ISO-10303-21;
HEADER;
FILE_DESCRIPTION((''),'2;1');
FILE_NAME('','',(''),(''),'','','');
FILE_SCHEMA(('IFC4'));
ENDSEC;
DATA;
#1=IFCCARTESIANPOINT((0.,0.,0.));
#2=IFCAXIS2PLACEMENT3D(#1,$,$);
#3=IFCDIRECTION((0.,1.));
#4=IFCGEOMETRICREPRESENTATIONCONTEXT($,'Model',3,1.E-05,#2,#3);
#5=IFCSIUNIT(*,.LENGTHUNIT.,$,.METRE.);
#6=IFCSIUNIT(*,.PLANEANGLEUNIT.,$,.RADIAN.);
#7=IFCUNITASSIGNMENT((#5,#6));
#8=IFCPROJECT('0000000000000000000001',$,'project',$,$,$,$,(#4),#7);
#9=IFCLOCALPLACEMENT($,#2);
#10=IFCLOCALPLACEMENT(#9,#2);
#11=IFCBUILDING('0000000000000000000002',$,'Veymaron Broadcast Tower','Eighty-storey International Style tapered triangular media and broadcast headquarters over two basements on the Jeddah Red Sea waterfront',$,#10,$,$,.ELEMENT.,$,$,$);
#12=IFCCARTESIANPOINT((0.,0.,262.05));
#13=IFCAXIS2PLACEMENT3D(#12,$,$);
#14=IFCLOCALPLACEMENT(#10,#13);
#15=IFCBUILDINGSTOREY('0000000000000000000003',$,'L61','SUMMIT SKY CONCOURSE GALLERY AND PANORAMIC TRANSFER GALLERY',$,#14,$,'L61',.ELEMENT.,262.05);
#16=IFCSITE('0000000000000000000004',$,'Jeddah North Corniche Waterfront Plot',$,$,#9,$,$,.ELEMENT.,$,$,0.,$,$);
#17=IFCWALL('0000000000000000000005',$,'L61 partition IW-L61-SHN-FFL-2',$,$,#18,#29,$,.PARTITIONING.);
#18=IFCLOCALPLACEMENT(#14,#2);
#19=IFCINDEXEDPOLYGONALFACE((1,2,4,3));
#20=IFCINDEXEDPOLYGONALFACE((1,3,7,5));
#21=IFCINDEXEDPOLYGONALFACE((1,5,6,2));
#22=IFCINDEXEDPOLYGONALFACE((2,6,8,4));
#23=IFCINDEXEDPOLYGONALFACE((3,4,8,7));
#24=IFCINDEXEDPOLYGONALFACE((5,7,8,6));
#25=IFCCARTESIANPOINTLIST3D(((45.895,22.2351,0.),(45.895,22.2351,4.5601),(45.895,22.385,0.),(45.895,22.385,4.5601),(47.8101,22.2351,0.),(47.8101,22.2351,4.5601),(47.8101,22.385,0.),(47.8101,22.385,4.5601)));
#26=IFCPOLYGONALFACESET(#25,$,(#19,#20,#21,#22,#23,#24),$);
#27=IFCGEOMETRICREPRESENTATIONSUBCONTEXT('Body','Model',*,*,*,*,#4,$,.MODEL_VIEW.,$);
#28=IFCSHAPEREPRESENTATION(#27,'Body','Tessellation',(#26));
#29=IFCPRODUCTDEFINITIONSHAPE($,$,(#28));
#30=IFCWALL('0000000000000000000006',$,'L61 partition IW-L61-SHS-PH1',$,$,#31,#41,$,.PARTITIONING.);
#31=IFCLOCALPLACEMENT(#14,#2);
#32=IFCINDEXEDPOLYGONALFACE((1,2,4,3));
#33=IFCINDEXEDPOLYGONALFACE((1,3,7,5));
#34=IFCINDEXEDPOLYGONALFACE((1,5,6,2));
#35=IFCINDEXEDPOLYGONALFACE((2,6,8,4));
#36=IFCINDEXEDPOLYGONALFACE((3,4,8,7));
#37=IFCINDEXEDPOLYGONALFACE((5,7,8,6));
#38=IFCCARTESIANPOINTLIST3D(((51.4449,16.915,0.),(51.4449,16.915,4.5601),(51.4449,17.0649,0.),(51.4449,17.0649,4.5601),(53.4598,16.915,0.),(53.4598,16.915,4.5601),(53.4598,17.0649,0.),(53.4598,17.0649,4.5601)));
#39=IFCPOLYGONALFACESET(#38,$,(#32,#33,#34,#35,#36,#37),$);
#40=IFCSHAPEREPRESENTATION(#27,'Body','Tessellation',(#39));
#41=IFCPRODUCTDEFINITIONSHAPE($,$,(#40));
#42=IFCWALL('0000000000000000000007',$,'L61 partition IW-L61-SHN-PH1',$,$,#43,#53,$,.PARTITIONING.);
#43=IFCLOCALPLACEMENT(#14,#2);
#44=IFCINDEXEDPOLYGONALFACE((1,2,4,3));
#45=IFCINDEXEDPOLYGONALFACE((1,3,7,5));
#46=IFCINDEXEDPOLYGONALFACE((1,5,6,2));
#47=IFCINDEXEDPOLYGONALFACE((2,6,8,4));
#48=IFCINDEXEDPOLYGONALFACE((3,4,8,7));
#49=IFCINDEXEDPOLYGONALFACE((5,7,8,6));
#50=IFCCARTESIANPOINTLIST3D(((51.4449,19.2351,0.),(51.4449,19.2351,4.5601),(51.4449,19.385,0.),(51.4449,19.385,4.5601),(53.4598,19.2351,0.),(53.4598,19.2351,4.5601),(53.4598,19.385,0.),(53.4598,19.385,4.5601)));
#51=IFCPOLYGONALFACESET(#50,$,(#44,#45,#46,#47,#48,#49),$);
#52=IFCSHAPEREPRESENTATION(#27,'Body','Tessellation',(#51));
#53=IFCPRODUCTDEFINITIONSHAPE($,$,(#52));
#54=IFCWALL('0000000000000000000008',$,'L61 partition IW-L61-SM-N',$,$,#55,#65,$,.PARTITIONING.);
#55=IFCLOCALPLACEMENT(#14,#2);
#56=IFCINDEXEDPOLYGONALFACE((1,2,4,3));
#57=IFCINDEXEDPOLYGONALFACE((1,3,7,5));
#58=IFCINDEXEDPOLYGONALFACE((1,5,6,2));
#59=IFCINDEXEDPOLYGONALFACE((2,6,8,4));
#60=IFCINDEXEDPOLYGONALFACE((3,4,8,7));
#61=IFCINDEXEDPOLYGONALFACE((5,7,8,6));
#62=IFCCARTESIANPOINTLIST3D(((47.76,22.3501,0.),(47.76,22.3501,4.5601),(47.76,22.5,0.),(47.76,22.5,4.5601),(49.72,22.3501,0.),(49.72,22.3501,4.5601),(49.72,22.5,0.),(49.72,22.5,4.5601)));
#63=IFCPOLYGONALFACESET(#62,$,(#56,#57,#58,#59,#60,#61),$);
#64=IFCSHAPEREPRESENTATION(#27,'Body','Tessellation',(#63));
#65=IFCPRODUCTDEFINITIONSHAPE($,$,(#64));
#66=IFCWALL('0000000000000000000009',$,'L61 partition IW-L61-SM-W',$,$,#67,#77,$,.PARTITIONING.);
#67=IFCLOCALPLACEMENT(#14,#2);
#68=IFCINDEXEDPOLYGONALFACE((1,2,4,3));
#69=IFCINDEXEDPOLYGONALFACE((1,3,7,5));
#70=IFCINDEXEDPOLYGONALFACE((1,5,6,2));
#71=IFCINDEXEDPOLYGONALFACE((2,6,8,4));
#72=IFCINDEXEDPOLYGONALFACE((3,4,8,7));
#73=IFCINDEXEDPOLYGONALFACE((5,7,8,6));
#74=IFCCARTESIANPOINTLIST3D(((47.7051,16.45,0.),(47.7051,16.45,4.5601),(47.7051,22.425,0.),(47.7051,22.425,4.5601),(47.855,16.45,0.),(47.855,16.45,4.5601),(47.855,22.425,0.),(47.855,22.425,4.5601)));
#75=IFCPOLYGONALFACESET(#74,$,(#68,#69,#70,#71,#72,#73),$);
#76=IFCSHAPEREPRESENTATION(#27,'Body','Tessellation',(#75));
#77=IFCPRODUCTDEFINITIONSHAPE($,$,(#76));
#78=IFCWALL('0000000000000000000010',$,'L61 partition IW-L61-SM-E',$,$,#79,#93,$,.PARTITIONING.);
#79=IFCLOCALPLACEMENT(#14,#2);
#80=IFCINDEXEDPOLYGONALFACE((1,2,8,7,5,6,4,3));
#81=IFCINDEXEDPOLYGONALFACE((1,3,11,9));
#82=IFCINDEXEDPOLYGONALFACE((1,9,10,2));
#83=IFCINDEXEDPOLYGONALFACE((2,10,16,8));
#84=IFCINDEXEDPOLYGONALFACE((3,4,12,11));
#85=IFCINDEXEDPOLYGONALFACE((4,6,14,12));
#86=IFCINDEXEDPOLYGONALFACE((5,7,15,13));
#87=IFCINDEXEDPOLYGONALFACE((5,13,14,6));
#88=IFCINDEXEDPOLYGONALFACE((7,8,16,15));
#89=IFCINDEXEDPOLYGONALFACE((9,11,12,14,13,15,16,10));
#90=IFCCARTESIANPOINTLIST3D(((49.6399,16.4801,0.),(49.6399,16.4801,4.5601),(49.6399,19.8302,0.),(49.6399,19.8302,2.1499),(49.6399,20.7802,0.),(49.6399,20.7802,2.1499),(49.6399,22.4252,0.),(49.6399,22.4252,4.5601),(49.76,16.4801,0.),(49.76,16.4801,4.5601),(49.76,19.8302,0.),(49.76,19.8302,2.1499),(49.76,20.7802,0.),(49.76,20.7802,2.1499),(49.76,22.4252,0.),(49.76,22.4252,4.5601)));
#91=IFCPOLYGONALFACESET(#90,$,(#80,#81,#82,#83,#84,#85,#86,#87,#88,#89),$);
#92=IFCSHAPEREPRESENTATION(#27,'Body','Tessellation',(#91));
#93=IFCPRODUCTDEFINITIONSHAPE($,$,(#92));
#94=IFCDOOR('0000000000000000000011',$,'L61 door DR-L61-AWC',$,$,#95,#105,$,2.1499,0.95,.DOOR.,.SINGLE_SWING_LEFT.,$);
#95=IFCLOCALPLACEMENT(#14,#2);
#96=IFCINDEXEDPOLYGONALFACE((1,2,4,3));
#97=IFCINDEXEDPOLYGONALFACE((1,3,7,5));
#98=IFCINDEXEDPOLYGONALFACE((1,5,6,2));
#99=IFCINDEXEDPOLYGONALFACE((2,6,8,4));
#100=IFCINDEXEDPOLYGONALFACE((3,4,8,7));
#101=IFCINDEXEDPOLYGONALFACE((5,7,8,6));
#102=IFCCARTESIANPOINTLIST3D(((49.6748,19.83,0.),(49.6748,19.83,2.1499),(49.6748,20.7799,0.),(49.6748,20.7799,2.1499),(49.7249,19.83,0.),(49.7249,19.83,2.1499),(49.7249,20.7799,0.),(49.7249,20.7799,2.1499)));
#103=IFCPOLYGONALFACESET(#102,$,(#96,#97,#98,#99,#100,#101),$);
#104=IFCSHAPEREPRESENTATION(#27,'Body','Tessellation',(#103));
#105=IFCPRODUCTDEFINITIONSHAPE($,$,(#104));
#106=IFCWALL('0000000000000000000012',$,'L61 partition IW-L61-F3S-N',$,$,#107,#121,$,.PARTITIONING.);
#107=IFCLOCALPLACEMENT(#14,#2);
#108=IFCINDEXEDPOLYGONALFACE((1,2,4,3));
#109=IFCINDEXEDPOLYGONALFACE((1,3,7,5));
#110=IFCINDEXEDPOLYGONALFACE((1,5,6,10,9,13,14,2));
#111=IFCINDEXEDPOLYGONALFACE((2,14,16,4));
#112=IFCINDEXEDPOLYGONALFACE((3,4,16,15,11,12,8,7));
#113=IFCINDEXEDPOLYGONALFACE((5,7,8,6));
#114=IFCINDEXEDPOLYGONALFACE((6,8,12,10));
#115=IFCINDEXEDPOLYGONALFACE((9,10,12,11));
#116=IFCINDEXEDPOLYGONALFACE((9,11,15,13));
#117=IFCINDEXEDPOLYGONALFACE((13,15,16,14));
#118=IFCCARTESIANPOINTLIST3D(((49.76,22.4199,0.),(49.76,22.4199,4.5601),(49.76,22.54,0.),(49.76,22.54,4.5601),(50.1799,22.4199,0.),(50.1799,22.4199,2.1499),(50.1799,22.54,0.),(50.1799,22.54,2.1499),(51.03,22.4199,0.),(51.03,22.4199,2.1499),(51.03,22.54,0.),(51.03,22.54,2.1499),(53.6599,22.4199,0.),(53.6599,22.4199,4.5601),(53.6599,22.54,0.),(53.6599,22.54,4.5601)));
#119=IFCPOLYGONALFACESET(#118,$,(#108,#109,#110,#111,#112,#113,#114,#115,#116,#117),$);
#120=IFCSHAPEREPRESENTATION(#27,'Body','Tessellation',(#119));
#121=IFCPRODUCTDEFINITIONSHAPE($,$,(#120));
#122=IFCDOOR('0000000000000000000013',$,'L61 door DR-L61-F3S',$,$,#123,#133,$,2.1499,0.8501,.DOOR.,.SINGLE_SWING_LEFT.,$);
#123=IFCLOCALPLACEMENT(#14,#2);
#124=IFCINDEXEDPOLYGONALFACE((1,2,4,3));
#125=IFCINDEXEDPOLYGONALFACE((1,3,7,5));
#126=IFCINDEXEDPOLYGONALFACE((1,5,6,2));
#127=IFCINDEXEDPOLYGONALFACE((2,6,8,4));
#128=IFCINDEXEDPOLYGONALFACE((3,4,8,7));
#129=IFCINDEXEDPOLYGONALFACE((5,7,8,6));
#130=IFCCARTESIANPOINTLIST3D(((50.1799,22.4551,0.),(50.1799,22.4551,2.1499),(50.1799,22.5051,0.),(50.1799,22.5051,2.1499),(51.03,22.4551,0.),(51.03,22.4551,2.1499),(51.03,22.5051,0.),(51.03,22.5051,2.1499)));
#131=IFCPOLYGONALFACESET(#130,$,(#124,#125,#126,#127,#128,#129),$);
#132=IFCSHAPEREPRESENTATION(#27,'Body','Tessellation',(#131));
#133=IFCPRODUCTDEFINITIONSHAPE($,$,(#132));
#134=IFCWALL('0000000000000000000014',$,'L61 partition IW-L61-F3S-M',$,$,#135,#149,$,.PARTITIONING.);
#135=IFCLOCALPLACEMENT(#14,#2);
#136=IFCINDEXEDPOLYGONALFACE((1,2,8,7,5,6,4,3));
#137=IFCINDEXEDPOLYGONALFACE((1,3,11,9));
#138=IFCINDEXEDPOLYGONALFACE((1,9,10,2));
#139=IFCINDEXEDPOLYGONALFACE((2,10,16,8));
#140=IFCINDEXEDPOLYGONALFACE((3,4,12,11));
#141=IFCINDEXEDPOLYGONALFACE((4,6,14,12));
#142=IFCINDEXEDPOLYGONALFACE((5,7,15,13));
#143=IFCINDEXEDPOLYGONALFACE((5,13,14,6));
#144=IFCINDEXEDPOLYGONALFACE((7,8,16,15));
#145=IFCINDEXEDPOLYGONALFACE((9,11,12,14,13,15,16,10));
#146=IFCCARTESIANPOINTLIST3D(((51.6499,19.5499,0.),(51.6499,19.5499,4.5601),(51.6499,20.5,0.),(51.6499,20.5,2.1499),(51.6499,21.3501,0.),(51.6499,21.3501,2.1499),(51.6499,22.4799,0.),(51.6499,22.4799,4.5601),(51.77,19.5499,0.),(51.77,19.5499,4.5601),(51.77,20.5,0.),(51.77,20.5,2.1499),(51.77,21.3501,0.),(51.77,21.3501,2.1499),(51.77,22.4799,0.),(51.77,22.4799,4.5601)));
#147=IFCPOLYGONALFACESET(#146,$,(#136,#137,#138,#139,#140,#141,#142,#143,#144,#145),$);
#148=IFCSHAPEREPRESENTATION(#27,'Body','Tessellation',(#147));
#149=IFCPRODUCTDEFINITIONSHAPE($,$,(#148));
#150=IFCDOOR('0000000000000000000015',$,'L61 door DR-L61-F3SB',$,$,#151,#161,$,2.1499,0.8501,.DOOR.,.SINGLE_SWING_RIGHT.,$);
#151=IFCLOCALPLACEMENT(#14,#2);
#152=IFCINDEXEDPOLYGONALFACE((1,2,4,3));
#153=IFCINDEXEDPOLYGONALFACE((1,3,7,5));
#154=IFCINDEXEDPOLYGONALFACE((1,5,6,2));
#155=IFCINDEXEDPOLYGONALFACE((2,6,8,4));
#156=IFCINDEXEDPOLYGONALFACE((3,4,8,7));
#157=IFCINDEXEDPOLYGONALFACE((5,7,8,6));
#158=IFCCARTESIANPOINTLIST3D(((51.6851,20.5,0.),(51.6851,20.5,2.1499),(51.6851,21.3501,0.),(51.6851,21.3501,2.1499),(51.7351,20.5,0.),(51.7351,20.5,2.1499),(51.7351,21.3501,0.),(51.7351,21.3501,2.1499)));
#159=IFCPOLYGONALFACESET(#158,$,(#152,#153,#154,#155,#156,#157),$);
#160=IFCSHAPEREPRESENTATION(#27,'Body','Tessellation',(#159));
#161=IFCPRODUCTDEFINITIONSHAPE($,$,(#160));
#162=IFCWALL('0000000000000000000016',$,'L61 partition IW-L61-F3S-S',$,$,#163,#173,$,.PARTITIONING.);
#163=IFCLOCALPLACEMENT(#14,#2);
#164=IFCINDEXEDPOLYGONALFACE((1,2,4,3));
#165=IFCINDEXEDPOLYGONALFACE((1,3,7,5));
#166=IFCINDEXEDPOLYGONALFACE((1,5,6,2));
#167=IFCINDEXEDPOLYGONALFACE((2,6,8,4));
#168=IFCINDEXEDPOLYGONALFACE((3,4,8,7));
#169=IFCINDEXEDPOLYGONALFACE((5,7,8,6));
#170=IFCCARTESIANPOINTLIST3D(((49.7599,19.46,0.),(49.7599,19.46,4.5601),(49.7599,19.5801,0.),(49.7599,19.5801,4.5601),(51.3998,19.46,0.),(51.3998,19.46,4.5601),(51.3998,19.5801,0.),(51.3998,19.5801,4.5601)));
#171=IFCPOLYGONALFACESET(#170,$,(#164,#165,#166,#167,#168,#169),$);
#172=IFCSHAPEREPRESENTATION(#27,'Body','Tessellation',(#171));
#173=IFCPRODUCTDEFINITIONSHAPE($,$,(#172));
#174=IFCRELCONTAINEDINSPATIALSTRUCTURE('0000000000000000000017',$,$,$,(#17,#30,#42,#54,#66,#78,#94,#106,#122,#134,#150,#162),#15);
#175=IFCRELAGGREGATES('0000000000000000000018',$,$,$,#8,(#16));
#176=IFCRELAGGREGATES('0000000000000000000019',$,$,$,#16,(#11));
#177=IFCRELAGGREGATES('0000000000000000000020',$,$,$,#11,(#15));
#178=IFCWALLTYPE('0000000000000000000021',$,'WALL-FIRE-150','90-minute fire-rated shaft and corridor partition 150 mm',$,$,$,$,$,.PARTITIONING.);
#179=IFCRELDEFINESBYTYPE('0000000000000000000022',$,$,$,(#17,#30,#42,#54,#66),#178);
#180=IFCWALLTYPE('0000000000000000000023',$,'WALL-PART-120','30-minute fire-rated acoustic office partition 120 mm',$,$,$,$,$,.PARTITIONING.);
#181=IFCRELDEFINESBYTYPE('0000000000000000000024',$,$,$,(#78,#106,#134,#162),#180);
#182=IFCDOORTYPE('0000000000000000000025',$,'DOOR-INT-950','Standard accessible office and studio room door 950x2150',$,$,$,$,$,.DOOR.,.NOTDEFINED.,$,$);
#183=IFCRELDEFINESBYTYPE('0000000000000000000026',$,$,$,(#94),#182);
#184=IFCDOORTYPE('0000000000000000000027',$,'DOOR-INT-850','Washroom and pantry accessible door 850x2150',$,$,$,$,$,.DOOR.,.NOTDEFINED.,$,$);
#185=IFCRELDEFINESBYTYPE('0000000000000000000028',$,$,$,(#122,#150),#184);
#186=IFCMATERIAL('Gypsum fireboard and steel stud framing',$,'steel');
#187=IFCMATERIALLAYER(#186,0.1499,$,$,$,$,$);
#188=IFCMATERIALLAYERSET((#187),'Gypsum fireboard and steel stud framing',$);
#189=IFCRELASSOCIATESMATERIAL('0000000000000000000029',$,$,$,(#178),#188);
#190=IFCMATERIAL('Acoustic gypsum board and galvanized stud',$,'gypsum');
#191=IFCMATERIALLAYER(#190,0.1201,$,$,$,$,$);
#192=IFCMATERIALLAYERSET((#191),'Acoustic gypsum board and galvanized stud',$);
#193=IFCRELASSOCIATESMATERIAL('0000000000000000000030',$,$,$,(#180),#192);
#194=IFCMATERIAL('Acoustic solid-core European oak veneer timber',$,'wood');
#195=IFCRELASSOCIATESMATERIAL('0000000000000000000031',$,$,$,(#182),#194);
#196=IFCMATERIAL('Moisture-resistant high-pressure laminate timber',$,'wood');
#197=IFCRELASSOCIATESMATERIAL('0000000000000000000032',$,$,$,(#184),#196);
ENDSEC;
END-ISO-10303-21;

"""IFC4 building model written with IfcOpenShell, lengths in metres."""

from ifc_helpers import new_model, si_unit, direction, frame, frame_2d, origin, place, context, subcontext, project, spatial, rectangle, extrude, material, layer, layer_set, type_object, element, fill, save


model = new_model("IFC4")

# Units and contexts
model_context = context("Model", 3, precision=1e-05, world=origin(), true_north=direction((0.0, 1.0)))
body_context = subcontext(model_context, "Body", "Model", "MODEL_VIEW")
ifc_project = project(units=[si_unit("LENGTHUNIT", "METRE"), si_unit("PLANEANGLEUNIT", "RADIAN")], contexts=[model_context])

# Site, building, storey
site_placement = place(None, origin())
site = spatial("IfcSite", under=ifc_project, at=site_placement, Name="Jeddah North Corniche Waterfront Plot", CompositionType="ELEMENT", RefElevation=0.0)
building_placement = place(site_placement, origin())
building = spatial("IfcBuilding", under=site, at=building_placement, Name="Veymaron Broadcast Tower", Description="Eighty-storey International Style tapered triangular media and broadcast headquarters over two basements on the Jeddah Red Sea waterfront", CompositionType="ELEMENT")
storey_placement = place(building_placement, frame((0.0, 0.0, 262.05)))
storey = spatial("IfcBuildingStorey", under=building, at=storey_placement, Name="L61", Description="SUMMIT SKY CONCOURSE GALLERY AND PANORAMIC TRANSFER GALLERY", LongName="L61", CompositionType="ELEMENT", Elevation=262.05)

# Shared definitions
ifc_material_1 = material(Name="Gypsum fireboard and steel stud framing", Category="steel")
ifc_layer_1 = layer(ifc_material_1, 0.1499)
ifc_layer_set_1 = layer_set([ifc_layer_1], Name="Gypsum fireboard and steel stud framing")
wall_type_1 = type_object("IfcWallType", Name="WALL-FIRE-150", Description="90-minute fire-rated shaft and corridor partition 150 mm", PredefinedType="PARTITIONING", material=ifc_layer_set_1)

# Wall
wall_1_placement = place(storey_placement, frame((45.895, 22.3101, 0.0), z_axis=(0.0, 0.0, 1.0), x_axis=(1.0, 0.0, 0.0)))
element("IfcWall", 1, at=wall_1_placement, inside=storey, type_object=wall_type_1, Name="L61 partition IW-L61-SHN-FFL-2", PredefinedType="PARTITIONING", context=body_context, shape_type="SweptSolid", body=[
    extrude(rectangle(XDim=1.915, YDim=0.1499, at=frame_2d((0.9575, 0.0))), origin(), (0.0, 0.0, 1.0), 4.5601),
])

# Walls
for number, where, z_axis, x_axis, name in (
    (2, (51.4451, 16.99, 0.0), (0.0, 0.0, 1.0), (1.0, 0.0, 0.0), "L61 partition IW-L61-SHS-PH1"),
    (3, (51.4451, 19.3101, 0.0), (0.0, 0.0, 1.0), (1.0, 0.0, 0.0), "L61 partition IW-L61-SHN-PH1"),
):
    element("IfcWall", number, at=place(storey_placement, frame(where, z_axis=z_axis, x_axis=x_axis)), inside=storey, type_object=wall_type_1, Name=name, PredefinedType="PARTITIONING", context=body_context, shape_type="SweptSolid", body=[
        extrude(rectangle(XDim=2.0149, YDim=0.1499, at=frame_2d((1.0073, 0.0))), origin(), (0.0, 0.0, 1.0), 4.5601),
    ])

# Walls
wall_2_placement = place(storey_placement, frame((47.76, 22.425, 0.0), z_axis=(0.0, 0.0, 1.0), x_axis=(1.0, 0.0, 0.0)))
element("IfcWall", 4, at=wall_2_placement, inside=storey, type_object=wall_type_1, Name="L61 partition IW-L61-SM-N", PredefinedType="PARTITIONING", context=body_context, shape_type="SweptSolid", body=[
    extrude(rectangle(XDim=1.96, YDim=0.1499, at=frame_2d((0.98, 0.0))), origin(), (0.0, 0.0, 1.0), 4.5601),
])
wall_3_placement = place(storey_placement, frame((47.78, 16.45, 0.0), z_axis=(0.0, 0.0, 1.0), x_axis=(0.0, 1.0, 0.0)))
element("IfcWall", 5, at=wall_3_placement, inside=storey, type_object=wall_type_1, Name="L61 partition IW-L61-SM-W", PredefinedType="PARTITIONING", context=body_context, shape_type="SweptSolid", body=[
    extrude(rectangle(XDim=5.9751, YDim=0.1499, at=frame_2d((2.9875, 0.0))), origin(), (0.0, 0.0, 1.0), 4.5601),
])

# Walls, openings, doors
ifc_material_2 = material(Name="Acoustic gypsum board and galvanized stud", Category="gypsum")
ifc_layer_2 = layer(ifc_material_2, 0.1201)
ifc_layer_set_2 = layer_set([ifc_layer_2], Name="Acoustic gypsum board and galvanized stud")
wall_type_2 = type_object("IfcWallType", Name="WALL-PART-120", Description="30-minute fire-rated acoustic office partition 120 mm", PredefinedType="PARTITIONING", material=ifc_layer_set_2)
wall_4_placement = place(storey_placement, frame((49.7, 16.48, 0.0), z_axis=(0.0, 0.0, 1.0), x_axis=(0.0, 1.0, 0.0)))
wall_4 = element("IfcWall", 6, at=wall_4_placement, inside=storey, type_object=wall_type_2, Name="L61 partition IW-L61-SM-E", PredefinedType="PARTITIONING", context=body_context, shape_type="SweptSolid", body=[
    extrude(rectangle(XDim=5.9451, YDim=0.1201, at=frame_2d((2.9727, 0.0))), origin(), (0.0, 0.0, 1.0), 4.5601),
])
opening_1_placement = place(wall_4_placement, frame((3.3501, 0.0, 0.0)))
opening_1 = element("IfcOpeningElement", 7, at=opening_1_placement, cuts=wall_4, PredefinedType="OPENING", context=body_context, shape_type="SweptSolid", body=[
    extrude(rectangle(XDim=0.95, YDim=2.1499, at=frame_2d((0.4751, 1.075))), frame((0.0, 0.0701, 0.0), z_axis=(0.0, -1.0, 0.0), x_axis=(1.0, 0.0, 0.0)), (0.0, 0.0, 1.0), 0.1401),
])
ifc_material_3 = material(Name="Acoustic solid-core European oak veneer timber", Category="wood")
door_type_1 = type_object("IfcDoorType", Name="DOOR-INT-950", Description="Standard accessible office and studio room door 950x2150", OperationType="NOTDEFINED", PredefinedType="DOOR", material=ifc_material_3)
door_1_placement = place(opening_1_placement, frame((0.95, 0.0, 0.0), z_axis=(0.0, 0.0, 1.0), x_axis=(-1.0, 0.0, 0.0)))
door_1 = element("IfcDoor", 8, at=door_1_placement, inside=storey, type_object=door_type_1, Name="L61 door DR-L61-AWC", OperationType="SINGLE_SWING_LEFT", OverallHeight=2.1499, OverallWidth=0.95, PredefinedType="DOOR", context=body_context, shape_type="SweptSolid", body=[
    extrude(rectangle(XDim=0.95, YDim=2.1499, at=frame_2d((0.4751, 1.075))), frame((0.0, 0.0249, 0.0), z_axis=(0.0, -1.0, 0.0), x_axis=(1.0, 0.0, 0.0)), (0.0, 0.0, 1.0), 0.05),
])
fill(opening_1, door_1)
wall_5_placement = place(storey_placement, frame((49.76, 22.48, 0.0), z_axis=(0.0, 0.0, 1.0), x_axis=(1.0, 0.0, 0.0)))
wall_5 = element("IfcWall", 9, at=wall_5_placement, inside=storey, type_object=wall_type_2, Name="L61 partition IW-L61-F3S-N", PredefinedType="PARTITIONING", context=body_context, shape_type="SweptSolid", body=[
    extrude(rectangle(XDim=3.8999, YDim=0.1201, at=frame_2d((1.95, 0.0))), origin(), (0.0, 0.0, 1.0), 4.5601),
])
opening_2_placement = place(wall_5_placement, frame((0.4199, 0.0, 0.0)))
opening_2 = element("IfcOpeningElement", 10, at=opening_2_placement, cuts=wall_5, PredefinedType="OPENING", context=body_context, shape_type="SweptSolid", body=[
    extrude(rectangle(XDim=0.8501, YDim=2.1499, at=frame_2d((0.425, 1.075))), frame((0.0, 0.0701, 0.0), z_axis=(0.0, -1.0, 0.0), x_axis=(1.0, 0.0, 0.0)), (0.0, 0.0, 1.0), 0.1401),
])
ifc_material_4 = material(Name="Moisture-resistant high-pressure laminate timber", Category="wood")
door_type_2 = type_object("IfcDoorType", Name="DOOR-INT-850", Description="Washroom and pantry accessible door 850x2150", OperationType="NOTDEFINED", PredefinedType="DOOR", material=ifc_material_4)
door_2_placement = place(opening_2_placement, frame((0.8501, 0.0, 0.0), z_axis=(0.0, 0.0, 1.0), x_axis=(-1.0, 0.0, 0.0)))
door_2 = element("IfcDoor", 11, at=door_2_placement, inside=storey, type_object=door_type_2, Name="L61 door DR-L61-F3S", OperationType="SINGLE_SWING_LEFT", OverallHeight=2.1499, OverallWidth=0.8501, PredefinedType="DOOR", context=body_context, shape_type="SweptSolid", body=[
    extrude(rectangle(XDim=0.8501, YDim=2.1499, at=frame_2d((0.425, 1.075))), frame((0.0, 0.0249, 0.0), z_axis=(0.0, -1.0, 0.0), x_axis=(1.0, 0.0, 0.0)), (0.0, 0.0, 1.0), 0.05),
])
fill(opening_2, door_2)
wall_6_placement = place(storey_placement, frame((51.71, 19.55, 0.0), z_axis=(0.0, 0.0, 1.0), x_axis=(0.0, 1.0, 0.0)))
wall_6 = element("IfcWall", 12, at=wall_6_placement, inside=storey, type_object=wall_type_2, Name="L61 partition IW-L61-F3S-M", PredefinedType="PARTITIONING", context=body_context, shape_type="SweptSolid", body=[
    extrude(rectangle(XDim=2.9299, YDim=0.1201, at=frame_2d((1.4648, 0.0))), origin(), (0.0, 0.0, 1.0), 4.5601),
])
opening_3_placement = place(wall_6_placement, frame((0.95, 0.0, 0.0)))
opening_3 = element("IfcOpeningElement", 13, at=opening_3_placement, cuts=wall_6, PredefinedType="OPENING", context=body_context, shape_type="SweptSolid", body=[
    extrude(rectangle(XDim=0.8501, YDim=2.1499, at=frame_2d((0.425, 1.075))), frame((0.0, 0.0701, 0.0), z_axis=(0.0, -1.0, 0.0), x_axis=(1.0, 0.0, 0.0)), (0.0, 0.0, 1.0), 0.1401),
])
door_3_placement = place(opening_3_placement, origin())
door_3 = element("IfcDoor", 14, at=door_3_placement, inside=storey, type_object=door_type_2, Name="L61 door DR-L61-F3SB", OperationType="SINGLE_SWING_RIGHT", OverallHeight=2.1499, OverallWidth=0.8501, PredefinedType="DOOR", context=body_context, shape_type="SweptSolid", body=[
    extrude(rectangle(XDim=0.8501, YDim=2.1499, at=frame_2d((0.425, 1.075))), frame((0.0, 0.0249, 0.0), z_axis=(0.0, -1.0, 0.0), x_axis=(1.0, 0.0, 0.0)), (0.0, 0.0, 1.0), 0.05),
])
fill(opening_3, door_3)

# Wall
wall_7_placement = place(storey_placement, frame((49.76, 19.52, 0.0), z_axis=(0.0, 0.0, 1.0), x_axis=(1.0, 0.0, 0.0)))
element("IfcWall", 15, at=wall_7_placement, inside=storey, type_object=wall_type_2, Name="L61 partition IW-L61-F3S-S", PredefinedType="PARTITIONING", context=body_context, shape_type="SweptSolid", body=[
    extrude(rectangle(XDim=1.6399, YDim=0.1201, at=frame_2d((0.8198, 0.0))), origin(), (0.0, 0.0, 1.0), 4.5601),
])

save(model, "model.ifc")
